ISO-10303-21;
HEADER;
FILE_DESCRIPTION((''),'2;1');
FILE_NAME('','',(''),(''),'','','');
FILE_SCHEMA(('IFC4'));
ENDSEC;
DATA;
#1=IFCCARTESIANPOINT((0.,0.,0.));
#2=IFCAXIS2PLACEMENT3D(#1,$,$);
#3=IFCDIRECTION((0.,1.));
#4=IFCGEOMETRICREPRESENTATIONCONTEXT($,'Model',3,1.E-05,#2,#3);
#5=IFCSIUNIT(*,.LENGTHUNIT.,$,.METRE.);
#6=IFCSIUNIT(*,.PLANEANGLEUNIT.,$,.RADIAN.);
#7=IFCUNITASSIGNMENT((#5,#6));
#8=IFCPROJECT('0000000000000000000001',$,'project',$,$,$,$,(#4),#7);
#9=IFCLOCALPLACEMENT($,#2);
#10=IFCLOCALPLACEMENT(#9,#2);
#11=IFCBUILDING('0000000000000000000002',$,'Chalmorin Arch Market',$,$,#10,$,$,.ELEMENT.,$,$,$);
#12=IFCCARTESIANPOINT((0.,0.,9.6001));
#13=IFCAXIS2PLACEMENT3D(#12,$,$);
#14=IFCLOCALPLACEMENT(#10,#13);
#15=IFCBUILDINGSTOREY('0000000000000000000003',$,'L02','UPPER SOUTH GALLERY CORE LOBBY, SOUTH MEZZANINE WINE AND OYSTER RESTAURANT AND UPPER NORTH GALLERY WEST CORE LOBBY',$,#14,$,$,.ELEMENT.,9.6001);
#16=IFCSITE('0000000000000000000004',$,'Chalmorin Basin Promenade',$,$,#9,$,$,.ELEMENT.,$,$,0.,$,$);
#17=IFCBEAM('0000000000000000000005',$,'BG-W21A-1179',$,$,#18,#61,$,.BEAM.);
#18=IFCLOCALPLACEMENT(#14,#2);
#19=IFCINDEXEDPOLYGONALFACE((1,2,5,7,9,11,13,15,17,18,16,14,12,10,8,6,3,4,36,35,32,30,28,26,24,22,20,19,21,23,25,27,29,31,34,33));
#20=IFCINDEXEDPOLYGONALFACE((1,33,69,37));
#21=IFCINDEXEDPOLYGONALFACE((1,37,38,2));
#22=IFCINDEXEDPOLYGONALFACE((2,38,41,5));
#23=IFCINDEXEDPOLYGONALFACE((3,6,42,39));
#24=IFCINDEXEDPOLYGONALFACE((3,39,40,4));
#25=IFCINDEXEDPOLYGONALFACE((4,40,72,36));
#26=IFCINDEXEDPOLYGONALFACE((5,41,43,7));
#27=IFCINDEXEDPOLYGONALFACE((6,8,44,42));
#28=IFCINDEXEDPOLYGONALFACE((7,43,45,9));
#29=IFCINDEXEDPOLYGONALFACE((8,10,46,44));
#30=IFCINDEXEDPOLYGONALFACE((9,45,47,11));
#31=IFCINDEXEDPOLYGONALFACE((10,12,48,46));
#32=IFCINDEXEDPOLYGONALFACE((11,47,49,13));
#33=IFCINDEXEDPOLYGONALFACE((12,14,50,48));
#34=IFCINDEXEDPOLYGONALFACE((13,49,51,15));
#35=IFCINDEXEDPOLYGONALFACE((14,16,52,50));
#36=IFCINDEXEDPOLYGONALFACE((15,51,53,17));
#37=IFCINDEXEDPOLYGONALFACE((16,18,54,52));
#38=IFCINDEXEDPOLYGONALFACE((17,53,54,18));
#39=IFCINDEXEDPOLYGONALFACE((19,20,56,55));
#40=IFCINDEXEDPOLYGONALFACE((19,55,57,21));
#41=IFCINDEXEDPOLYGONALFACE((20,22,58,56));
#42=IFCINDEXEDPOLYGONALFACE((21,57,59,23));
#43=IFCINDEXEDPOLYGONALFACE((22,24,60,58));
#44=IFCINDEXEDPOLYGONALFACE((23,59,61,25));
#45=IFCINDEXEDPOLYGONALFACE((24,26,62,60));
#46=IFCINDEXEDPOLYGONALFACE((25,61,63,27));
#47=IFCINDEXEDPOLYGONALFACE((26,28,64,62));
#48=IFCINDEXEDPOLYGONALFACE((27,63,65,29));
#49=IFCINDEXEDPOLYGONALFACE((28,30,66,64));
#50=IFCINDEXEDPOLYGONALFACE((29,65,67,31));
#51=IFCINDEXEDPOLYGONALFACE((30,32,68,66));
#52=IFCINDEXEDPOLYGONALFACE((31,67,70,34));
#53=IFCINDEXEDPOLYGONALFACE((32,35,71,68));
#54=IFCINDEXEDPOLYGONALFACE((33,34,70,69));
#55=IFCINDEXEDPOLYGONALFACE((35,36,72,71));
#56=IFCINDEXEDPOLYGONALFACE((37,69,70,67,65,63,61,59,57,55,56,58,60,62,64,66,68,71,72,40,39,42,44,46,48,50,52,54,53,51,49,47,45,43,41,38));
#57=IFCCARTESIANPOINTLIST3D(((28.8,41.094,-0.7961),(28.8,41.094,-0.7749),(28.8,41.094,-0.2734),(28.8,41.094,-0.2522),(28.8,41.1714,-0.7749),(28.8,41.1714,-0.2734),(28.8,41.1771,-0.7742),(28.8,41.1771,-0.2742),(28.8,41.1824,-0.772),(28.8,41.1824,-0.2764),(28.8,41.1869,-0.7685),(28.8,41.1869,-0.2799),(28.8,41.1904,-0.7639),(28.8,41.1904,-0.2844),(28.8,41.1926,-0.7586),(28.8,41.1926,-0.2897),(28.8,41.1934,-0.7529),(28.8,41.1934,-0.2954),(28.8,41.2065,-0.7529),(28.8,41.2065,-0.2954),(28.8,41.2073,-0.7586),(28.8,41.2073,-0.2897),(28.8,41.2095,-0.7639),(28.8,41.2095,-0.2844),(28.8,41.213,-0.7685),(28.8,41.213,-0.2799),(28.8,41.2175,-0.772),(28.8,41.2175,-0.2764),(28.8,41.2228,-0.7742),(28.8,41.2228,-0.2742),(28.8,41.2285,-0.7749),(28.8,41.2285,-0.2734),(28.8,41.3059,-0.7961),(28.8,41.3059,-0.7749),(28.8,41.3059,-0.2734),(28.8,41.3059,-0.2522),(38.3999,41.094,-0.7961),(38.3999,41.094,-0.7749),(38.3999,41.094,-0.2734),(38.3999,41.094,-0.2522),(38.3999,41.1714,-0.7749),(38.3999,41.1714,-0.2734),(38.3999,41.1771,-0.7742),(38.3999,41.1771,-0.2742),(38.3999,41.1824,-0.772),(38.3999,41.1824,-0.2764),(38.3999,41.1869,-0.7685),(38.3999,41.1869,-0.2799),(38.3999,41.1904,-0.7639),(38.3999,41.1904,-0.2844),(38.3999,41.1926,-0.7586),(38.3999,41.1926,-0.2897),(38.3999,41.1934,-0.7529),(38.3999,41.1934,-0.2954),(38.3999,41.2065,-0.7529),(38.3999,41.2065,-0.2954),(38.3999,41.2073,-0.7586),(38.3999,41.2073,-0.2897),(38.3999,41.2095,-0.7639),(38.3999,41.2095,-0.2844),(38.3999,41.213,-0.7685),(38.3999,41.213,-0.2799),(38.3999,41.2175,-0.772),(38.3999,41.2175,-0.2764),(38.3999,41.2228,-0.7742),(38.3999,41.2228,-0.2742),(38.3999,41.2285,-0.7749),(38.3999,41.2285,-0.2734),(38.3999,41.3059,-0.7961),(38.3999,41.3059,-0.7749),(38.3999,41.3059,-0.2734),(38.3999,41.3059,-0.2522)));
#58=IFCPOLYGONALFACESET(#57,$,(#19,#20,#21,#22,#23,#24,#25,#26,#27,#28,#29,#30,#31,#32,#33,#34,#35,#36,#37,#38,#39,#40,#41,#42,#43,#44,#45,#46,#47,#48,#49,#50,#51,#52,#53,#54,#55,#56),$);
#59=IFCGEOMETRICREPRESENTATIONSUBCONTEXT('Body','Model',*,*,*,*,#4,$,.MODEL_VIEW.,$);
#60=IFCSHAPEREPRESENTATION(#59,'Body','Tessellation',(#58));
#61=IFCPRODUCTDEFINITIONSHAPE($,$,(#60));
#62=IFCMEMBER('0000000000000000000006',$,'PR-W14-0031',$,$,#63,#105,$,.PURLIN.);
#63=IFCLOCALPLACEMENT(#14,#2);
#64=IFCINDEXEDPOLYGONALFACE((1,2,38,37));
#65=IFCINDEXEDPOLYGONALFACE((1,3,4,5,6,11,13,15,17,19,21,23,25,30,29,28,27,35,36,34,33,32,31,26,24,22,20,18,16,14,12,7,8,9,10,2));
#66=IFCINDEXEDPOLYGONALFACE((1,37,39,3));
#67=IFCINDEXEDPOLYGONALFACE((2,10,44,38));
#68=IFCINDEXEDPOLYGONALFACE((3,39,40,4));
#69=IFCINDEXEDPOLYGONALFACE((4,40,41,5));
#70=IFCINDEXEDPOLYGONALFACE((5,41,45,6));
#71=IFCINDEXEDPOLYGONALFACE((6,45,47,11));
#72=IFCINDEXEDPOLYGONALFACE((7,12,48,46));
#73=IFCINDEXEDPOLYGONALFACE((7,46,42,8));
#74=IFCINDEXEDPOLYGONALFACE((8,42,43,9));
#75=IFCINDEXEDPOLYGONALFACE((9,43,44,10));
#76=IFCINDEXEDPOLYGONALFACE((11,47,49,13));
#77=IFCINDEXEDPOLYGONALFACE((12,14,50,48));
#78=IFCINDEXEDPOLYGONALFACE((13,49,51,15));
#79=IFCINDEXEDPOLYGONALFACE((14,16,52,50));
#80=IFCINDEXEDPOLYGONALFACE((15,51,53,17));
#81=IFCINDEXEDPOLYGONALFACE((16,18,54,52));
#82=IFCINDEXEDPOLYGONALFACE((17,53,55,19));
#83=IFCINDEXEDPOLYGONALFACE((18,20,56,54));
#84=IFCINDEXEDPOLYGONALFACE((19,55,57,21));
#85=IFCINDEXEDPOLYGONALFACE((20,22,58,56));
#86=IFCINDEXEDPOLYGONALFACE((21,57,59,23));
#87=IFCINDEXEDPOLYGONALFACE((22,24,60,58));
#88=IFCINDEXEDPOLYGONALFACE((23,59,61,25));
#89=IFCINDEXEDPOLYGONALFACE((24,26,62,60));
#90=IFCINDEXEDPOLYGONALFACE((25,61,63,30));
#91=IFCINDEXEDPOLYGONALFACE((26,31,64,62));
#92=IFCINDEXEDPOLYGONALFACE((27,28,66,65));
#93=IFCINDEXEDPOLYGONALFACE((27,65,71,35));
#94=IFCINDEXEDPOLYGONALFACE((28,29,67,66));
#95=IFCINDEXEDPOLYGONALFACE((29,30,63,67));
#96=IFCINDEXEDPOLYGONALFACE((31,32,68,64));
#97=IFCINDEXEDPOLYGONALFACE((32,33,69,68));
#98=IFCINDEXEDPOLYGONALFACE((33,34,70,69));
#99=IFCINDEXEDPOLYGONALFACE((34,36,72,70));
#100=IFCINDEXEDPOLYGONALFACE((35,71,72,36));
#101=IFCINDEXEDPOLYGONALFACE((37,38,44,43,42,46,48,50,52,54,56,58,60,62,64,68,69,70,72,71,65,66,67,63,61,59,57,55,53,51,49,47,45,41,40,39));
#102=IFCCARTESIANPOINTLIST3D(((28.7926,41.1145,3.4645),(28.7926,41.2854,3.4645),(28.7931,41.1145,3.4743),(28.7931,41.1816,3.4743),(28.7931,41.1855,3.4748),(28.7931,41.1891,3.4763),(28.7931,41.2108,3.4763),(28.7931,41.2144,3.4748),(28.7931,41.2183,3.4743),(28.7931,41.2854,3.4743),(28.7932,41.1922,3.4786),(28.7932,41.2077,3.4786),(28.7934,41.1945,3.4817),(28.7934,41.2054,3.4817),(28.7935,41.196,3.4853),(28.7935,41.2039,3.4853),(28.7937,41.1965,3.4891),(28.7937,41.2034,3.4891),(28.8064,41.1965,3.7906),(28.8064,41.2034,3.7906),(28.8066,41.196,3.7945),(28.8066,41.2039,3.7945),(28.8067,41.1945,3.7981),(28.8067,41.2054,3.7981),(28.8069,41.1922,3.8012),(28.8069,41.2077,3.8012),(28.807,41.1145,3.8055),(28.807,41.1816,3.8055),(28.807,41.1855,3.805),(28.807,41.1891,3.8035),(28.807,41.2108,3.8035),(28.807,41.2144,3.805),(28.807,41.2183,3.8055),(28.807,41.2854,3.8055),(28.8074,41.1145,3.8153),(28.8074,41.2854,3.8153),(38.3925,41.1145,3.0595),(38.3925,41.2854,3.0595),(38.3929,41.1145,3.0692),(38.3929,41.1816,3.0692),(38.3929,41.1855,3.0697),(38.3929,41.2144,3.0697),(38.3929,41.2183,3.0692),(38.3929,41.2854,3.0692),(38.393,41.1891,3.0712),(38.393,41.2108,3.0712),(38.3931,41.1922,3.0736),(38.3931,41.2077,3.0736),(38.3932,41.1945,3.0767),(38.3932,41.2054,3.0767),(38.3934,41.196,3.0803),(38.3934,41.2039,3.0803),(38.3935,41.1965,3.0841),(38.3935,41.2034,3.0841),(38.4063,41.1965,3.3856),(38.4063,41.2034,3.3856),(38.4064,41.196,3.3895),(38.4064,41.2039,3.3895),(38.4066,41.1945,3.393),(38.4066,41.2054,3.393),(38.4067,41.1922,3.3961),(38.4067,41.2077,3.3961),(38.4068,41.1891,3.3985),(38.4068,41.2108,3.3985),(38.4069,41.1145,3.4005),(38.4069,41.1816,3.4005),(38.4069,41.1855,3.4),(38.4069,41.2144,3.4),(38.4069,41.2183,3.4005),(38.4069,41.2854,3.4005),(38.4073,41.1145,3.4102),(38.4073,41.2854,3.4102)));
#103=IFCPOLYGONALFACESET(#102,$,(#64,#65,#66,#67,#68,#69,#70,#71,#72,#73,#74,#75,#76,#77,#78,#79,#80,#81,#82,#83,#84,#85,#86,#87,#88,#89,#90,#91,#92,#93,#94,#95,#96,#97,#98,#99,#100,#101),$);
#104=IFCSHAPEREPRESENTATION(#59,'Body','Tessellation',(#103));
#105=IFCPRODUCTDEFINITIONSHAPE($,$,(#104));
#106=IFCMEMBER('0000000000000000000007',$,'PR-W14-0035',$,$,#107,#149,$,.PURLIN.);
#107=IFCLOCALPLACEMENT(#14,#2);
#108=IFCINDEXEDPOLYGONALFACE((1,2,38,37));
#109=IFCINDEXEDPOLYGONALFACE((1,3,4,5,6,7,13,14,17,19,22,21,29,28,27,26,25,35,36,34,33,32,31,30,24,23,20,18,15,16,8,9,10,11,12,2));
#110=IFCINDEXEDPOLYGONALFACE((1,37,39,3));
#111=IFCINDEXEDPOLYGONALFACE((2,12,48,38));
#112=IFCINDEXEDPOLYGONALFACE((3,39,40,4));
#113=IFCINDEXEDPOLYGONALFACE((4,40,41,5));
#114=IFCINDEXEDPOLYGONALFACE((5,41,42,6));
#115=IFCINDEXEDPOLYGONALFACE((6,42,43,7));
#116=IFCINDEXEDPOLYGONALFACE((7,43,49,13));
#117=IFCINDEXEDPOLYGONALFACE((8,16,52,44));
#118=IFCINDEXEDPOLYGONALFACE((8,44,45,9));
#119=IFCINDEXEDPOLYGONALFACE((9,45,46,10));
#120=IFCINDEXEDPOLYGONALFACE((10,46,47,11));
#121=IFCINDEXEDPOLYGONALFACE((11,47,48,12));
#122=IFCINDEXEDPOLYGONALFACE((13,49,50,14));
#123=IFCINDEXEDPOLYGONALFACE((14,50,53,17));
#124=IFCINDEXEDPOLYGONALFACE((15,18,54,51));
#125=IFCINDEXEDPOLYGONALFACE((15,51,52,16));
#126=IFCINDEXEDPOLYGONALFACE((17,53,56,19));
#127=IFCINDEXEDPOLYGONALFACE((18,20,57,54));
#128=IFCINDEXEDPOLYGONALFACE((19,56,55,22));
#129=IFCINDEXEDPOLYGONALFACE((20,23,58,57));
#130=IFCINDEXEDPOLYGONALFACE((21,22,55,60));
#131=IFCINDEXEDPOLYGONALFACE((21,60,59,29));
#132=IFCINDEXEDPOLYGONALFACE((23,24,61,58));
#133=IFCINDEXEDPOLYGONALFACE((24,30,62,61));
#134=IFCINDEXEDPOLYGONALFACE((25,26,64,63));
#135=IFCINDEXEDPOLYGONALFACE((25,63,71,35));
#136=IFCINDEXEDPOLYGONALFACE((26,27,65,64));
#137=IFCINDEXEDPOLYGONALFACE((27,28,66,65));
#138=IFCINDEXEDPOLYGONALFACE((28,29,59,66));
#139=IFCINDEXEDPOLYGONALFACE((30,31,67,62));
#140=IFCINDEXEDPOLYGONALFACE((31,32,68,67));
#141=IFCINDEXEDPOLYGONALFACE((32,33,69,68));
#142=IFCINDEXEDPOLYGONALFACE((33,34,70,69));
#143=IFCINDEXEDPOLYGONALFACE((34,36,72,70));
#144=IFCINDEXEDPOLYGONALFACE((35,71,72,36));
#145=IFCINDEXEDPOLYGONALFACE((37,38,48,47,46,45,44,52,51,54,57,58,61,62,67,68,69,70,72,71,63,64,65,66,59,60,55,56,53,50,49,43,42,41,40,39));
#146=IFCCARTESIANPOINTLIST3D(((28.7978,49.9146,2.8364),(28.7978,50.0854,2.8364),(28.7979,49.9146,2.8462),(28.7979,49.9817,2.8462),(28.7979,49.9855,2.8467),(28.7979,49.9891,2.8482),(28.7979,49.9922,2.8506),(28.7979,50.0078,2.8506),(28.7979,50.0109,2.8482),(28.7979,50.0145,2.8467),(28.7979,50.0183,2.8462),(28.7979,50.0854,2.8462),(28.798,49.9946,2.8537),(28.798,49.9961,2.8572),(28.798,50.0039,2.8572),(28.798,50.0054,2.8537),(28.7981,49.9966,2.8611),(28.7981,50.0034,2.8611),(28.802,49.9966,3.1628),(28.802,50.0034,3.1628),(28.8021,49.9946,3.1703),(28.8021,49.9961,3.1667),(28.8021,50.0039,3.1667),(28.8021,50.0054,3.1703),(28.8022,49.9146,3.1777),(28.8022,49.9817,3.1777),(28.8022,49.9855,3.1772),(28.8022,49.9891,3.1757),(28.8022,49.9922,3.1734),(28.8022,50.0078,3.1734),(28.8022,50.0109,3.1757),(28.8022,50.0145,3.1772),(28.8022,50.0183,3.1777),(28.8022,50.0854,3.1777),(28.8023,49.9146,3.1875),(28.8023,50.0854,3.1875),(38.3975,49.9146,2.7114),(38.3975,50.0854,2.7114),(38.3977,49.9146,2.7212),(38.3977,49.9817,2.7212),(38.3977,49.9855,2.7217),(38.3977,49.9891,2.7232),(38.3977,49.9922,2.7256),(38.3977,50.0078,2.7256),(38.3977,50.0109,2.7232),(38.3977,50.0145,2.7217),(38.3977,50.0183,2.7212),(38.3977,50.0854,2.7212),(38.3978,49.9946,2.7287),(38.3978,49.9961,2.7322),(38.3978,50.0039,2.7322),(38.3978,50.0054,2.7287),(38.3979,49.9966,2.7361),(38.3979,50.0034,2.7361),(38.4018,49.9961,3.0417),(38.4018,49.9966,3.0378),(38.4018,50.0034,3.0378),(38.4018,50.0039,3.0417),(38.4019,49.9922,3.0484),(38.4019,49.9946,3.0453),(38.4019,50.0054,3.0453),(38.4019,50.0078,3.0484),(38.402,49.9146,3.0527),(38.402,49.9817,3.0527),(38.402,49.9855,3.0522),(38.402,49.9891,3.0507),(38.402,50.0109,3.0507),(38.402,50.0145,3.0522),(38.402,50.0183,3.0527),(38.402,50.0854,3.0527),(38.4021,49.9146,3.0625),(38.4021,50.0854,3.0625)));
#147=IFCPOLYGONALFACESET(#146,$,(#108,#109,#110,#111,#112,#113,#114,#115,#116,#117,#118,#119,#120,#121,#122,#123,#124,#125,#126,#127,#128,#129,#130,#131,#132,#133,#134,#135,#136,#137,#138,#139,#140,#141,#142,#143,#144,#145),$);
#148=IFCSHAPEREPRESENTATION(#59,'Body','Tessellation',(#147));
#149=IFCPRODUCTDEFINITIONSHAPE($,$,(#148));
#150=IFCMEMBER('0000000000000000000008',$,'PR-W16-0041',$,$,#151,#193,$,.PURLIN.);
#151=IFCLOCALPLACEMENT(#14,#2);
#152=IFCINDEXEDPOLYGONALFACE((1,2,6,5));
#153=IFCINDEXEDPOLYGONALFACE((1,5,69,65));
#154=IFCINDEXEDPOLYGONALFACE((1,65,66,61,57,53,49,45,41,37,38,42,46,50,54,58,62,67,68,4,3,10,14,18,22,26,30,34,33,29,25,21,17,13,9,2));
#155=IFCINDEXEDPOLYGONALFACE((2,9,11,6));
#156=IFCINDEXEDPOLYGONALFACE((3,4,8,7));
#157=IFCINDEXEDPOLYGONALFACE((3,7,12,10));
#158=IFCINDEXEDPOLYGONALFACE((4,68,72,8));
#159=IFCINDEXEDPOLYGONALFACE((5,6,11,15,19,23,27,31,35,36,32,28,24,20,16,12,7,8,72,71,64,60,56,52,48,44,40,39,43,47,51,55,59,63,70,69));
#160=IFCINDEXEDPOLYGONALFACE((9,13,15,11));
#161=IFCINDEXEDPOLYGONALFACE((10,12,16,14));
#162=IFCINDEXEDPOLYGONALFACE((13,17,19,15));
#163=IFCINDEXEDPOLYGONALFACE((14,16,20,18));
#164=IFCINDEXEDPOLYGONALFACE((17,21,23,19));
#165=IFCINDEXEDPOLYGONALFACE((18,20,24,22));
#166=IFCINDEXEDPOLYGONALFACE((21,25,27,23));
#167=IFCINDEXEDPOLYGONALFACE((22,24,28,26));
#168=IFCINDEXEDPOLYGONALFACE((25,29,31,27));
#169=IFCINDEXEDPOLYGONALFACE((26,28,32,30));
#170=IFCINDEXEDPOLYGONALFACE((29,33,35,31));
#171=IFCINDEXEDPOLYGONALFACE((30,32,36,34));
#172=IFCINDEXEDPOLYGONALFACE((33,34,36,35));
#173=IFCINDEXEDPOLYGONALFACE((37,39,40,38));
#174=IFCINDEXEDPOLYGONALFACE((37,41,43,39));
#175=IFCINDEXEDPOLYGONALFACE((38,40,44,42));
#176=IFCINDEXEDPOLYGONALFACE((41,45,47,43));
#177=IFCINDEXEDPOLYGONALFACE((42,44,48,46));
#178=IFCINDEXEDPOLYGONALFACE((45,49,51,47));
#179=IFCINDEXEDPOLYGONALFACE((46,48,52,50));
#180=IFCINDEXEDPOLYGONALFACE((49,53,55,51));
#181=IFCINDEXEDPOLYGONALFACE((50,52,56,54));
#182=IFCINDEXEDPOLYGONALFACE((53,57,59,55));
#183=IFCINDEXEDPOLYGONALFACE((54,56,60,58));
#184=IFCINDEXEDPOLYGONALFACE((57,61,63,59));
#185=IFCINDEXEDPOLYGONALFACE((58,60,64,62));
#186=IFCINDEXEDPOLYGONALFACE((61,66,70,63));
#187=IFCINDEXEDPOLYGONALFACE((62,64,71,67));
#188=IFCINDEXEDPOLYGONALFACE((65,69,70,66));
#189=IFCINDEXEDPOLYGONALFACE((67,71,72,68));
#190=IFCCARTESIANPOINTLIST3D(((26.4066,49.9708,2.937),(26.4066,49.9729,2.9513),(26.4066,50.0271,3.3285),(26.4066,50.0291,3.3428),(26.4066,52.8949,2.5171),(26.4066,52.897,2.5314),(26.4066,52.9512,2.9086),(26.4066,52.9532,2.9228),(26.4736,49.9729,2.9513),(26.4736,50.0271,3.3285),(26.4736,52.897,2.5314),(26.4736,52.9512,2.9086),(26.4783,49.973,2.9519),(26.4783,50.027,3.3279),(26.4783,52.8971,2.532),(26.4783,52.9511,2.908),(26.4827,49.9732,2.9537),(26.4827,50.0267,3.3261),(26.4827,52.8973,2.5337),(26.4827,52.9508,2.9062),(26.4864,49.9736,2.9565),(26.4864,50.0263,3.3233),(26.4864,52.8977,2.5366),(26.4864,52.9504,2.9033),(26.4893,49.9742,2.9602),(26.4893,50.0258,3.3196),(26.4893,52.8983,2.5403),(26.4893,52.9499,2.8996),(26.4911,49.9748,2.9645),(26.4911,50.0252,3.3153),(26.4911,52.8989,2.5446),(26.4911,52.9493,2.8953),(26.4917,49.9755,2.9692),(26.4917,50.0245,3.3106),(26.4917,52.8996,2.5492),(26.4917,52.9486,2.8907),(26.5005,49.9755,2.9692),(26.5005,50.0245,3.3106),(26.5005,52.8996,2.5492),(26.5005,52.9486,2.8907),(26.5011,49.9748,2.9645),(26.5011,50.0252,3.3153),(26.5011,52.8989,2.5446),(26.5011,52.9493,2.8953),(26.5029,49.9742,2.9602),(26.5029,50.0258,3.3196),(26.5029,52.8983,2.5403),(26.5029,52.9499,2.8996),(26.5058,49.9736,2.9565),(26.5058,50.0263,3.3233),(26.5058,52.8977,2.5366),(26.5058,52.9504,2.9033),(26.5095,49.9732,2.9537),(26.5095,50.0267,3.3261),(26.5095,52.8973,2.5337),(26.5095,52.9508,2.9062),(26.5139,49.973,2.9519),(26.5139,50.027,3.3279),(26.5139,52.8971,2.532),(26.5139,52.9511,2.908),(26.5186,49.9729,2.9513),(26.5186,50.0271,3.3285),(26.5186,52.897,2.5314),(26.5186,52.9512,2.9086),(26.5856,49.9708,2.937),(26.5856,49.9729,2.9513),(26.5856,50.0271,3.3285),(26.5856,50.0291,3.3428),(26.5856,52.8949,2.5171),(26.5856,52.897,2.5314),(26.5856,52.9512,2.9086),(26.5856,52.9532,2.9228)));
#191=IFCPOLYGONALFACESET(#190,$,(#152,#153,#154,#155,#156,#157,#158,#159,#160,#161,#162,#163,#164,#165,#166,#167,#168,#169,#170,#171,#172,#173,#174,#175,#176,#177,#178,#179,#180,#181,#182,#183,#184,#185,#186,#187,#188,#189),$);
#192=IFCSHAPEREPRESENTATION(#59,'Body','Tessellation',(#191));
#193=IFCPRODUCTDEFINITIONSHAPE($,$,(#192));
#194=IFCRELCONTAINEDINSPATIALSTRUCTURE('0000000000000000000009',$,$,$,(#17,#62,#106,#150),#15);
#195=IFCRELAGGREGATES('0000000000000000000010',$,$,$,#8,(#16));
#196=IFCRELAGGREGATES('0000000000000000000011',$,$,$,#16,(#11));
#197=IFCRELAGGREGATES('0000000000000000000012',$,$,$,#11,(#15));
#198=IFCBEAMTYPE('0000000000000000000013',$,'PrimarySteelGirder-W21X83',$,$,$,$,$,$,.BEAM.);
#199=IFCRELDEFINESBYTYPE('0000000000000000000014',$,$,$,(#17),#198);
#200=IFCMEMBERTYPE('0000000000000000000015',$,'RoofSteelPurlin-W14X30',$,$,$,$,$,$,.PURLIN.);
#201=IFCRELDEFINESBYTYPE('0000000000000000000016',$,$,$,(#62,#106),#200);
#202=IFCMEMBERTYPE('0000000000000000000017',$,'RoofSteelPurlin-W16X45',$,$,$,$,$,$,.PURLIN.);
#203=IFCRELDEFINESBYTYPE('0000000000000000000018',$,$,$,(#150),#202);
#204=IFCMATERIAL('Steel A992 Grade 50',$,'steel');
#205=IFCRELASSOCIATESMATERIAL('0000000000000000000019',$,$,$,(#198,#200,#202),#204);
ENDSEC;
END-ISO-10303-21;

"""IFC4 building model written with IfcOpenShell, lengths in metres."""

from ifc_helpers import new_model, si_unit, direction, frame, origin, origin_2d, place, context, subcontext, project, spatial, i_section, extrude, material, material_profile, profile_set, type_object, element, save


model = new_model("IFC4")

# Units and contexts
model_context = context("Model", 3, precision=1e-05, world=origin(), true_north=direction((0.0, 1.0)))
body_context = subcontext(model_context, "Body", "Model", "MODEL_VIEW")
ifc_project = project(units=[si_unit("LENGTHUNIT", "METRE"), si_unit("PLANEANGLEUNIT", "RADIAN")], contexts=[model_context])

# Site, building, storey
site_placement = place(None, origin())
site = spatial("IfcSite", under=ifc_project, at=site_placement, Name="Chalmorin Basin Promenade", CompositionType="ELEMENT", RefElevation=0.0)
building_placement = place(site_placement, origin())
building = spatial("IfcBuilding", under=site, at=building_placement, Name="Chalmorin Arch Market", CompositionType="ELEMENT")
storey_placement = place(building_placement, frame((0.0, 0.0, 9.6001)))
storey = spatial("IfcBuildingStorey", under=building, at=storey_placement, Name="L02", Description="UPPER SOUTH GALLERY CORE LOBBY, SOUTH MEZZANINE WINE AND OYSTER RESTAURANT AND UPPER NORTH GALLERY WEST CORE LOBBY", CompositionType="ELEMENT", Elevation=9.6001)

# Shared definitions
ifc_material_1 = material(Name="Steel A992 Grade 50", Category="steel")

# Beam
ifc_material_profile_1 = material_profile(ifc_material_1, i_section(OverallWidth=0.2119, OverallDepth=0.5439, WebThickness=0.0132, FlangeThickness=0.0212, FilletRadius=0.022, at=origin_2d()), Name="W21X83")
ifc_profile_set_1 = profile_set([ifc_material_profile_1], Name="Steel A992 Grade 50")
beam_type_1 = type_object("IfcBeamType", Name="PrimarySteelGirder-W21X83", PredefinedType="BEAM", material=ifc_profile_set_1)
beam_1_placement = place(storey_placement, frame((28.8, 41.2, -0.5242), z_axis=(1.0, 0.0, 0.0), x_axis=(0.0, 1.0, 0.0)))
element("IfcBeam", 1, at=beam_1_placement, inside=storey, type_object=beam_type_1, Name="BG-W21A-1179", PredefinedType="BEAM", context=body_context, shape_type="SweptSolid", body=[
    extrude(i_section(OverallWidth=0.2119, OverallDepth=0.5439, WebThickness=0.0132, FlangeThickness=0.0212, FilletRadius=0.022, at=origin_2d()), origin(), (0.0, 0.0, 1.0), 9.5999),
])

# Members
ifc_material_profile_2 = material_profile(ifc_material_1, i_section(OverallWidth=0.1709, OverallDepth=0.3511, WebThickness=0.0068, FlangeThickness=0.0098, FilletRadius=0.0149, at=origin_2d()), Name="W14X30")
ifc_profile_set_2 = profile_set([ifc_material_profile_2], Name="Steel A992 Grade 50")
member_type_1 = type_object("IfcMemberType", Name="RoofSteelPurlin-W14X30", PredefinedType="PURLIN", material=ifc_profile_set_2)
member_1_placement = place(storey_placement, frame((28.8, 41.2, 3.6399), z_axis=(0.999111, 0.0, -0.042154), x_axis=(0.0, 1.0, 0.0)))
element("IfcMember", 2, at=member_1_placement, inside=storey, type_object=member_type_1, Name="PR-W14-0031", PredefinedType="PURLIN", context=body_context, shape_type="SweptSolid", body=[
    extrude(i_section(OverallWidth=0.1709, OverallDepth=0.3511, WebThickness=0.0068, FlangeThickness=0.0098, FilletRadius=0.0149, at=origin_2d()), origin(), (0.0, 0.0, 1.0), 9.6084),
])
member_2_placement = place(storey_placement, frame((28.8, 50.0, 3.012), z_axis=(0.999915, 0.0, -0.01302), x_axis=(0.0, 1.0, 0.0)))
element("IfcMember", 3, at=member_2_placement, inside=storey, type_object=member_type_1, Name="PR-W14-0035", PredefinedType="PURLIN", context=body_context, shape_type="SweptSolid", body=[
    extrude(i_section(OverallWidth=0.1709, OverallDepth=0.3511, WebThickness=0.0068, FlangeThickness=0.0098, FilletRadius=0.0149, at=origin_2d()), origin(), (0.0, 0.0, 1.0), 9.6006),
])
ifc_material_profile_3 = material_profile(ifc_material_1, i_section(OverallWidth=0.179, OverallDepth=0.4099, WebThickness=0.0088, FlangeThickness=0.0144, FilletRadius=0.0181, at=origin_2d()), Name="W16X45")
ifc_profile_set_3 = profile_set([ifc_material_profile_3], Name="Steel A992 Grade 50")
member_type_2 = type_object("IfcMemberType", Name="RoofSteelPurlin-W16X45", PredefinedType="PURLIN", material=ifc_profile_set_3)
member_3_placement = place(storey_placement, frame((26.4961, 52.9241, 2.72), z_axis=(0.0, -0.989845, 0.14215), x_axis=(1.0, 0.0, 0.0)))
element("IfcMember", 4, at=member_3_placement, inside=storey, type_object=member_type_2, Name="PR-W16-0041", PredefinedType="PURLIN", context=body_context, shape_type="SweptSolid", body=[
    extrude(i_section(OverallWidth=0.179, OverallDepth=0.4099, WebThickness=0.0088, FlangeThickness=0.0144, FilletRadius=0.0181, at=origin_2d()), origin(), (0.0, 0.0, 1.0), 2.9541),
])

save(model, "model.ifc")
